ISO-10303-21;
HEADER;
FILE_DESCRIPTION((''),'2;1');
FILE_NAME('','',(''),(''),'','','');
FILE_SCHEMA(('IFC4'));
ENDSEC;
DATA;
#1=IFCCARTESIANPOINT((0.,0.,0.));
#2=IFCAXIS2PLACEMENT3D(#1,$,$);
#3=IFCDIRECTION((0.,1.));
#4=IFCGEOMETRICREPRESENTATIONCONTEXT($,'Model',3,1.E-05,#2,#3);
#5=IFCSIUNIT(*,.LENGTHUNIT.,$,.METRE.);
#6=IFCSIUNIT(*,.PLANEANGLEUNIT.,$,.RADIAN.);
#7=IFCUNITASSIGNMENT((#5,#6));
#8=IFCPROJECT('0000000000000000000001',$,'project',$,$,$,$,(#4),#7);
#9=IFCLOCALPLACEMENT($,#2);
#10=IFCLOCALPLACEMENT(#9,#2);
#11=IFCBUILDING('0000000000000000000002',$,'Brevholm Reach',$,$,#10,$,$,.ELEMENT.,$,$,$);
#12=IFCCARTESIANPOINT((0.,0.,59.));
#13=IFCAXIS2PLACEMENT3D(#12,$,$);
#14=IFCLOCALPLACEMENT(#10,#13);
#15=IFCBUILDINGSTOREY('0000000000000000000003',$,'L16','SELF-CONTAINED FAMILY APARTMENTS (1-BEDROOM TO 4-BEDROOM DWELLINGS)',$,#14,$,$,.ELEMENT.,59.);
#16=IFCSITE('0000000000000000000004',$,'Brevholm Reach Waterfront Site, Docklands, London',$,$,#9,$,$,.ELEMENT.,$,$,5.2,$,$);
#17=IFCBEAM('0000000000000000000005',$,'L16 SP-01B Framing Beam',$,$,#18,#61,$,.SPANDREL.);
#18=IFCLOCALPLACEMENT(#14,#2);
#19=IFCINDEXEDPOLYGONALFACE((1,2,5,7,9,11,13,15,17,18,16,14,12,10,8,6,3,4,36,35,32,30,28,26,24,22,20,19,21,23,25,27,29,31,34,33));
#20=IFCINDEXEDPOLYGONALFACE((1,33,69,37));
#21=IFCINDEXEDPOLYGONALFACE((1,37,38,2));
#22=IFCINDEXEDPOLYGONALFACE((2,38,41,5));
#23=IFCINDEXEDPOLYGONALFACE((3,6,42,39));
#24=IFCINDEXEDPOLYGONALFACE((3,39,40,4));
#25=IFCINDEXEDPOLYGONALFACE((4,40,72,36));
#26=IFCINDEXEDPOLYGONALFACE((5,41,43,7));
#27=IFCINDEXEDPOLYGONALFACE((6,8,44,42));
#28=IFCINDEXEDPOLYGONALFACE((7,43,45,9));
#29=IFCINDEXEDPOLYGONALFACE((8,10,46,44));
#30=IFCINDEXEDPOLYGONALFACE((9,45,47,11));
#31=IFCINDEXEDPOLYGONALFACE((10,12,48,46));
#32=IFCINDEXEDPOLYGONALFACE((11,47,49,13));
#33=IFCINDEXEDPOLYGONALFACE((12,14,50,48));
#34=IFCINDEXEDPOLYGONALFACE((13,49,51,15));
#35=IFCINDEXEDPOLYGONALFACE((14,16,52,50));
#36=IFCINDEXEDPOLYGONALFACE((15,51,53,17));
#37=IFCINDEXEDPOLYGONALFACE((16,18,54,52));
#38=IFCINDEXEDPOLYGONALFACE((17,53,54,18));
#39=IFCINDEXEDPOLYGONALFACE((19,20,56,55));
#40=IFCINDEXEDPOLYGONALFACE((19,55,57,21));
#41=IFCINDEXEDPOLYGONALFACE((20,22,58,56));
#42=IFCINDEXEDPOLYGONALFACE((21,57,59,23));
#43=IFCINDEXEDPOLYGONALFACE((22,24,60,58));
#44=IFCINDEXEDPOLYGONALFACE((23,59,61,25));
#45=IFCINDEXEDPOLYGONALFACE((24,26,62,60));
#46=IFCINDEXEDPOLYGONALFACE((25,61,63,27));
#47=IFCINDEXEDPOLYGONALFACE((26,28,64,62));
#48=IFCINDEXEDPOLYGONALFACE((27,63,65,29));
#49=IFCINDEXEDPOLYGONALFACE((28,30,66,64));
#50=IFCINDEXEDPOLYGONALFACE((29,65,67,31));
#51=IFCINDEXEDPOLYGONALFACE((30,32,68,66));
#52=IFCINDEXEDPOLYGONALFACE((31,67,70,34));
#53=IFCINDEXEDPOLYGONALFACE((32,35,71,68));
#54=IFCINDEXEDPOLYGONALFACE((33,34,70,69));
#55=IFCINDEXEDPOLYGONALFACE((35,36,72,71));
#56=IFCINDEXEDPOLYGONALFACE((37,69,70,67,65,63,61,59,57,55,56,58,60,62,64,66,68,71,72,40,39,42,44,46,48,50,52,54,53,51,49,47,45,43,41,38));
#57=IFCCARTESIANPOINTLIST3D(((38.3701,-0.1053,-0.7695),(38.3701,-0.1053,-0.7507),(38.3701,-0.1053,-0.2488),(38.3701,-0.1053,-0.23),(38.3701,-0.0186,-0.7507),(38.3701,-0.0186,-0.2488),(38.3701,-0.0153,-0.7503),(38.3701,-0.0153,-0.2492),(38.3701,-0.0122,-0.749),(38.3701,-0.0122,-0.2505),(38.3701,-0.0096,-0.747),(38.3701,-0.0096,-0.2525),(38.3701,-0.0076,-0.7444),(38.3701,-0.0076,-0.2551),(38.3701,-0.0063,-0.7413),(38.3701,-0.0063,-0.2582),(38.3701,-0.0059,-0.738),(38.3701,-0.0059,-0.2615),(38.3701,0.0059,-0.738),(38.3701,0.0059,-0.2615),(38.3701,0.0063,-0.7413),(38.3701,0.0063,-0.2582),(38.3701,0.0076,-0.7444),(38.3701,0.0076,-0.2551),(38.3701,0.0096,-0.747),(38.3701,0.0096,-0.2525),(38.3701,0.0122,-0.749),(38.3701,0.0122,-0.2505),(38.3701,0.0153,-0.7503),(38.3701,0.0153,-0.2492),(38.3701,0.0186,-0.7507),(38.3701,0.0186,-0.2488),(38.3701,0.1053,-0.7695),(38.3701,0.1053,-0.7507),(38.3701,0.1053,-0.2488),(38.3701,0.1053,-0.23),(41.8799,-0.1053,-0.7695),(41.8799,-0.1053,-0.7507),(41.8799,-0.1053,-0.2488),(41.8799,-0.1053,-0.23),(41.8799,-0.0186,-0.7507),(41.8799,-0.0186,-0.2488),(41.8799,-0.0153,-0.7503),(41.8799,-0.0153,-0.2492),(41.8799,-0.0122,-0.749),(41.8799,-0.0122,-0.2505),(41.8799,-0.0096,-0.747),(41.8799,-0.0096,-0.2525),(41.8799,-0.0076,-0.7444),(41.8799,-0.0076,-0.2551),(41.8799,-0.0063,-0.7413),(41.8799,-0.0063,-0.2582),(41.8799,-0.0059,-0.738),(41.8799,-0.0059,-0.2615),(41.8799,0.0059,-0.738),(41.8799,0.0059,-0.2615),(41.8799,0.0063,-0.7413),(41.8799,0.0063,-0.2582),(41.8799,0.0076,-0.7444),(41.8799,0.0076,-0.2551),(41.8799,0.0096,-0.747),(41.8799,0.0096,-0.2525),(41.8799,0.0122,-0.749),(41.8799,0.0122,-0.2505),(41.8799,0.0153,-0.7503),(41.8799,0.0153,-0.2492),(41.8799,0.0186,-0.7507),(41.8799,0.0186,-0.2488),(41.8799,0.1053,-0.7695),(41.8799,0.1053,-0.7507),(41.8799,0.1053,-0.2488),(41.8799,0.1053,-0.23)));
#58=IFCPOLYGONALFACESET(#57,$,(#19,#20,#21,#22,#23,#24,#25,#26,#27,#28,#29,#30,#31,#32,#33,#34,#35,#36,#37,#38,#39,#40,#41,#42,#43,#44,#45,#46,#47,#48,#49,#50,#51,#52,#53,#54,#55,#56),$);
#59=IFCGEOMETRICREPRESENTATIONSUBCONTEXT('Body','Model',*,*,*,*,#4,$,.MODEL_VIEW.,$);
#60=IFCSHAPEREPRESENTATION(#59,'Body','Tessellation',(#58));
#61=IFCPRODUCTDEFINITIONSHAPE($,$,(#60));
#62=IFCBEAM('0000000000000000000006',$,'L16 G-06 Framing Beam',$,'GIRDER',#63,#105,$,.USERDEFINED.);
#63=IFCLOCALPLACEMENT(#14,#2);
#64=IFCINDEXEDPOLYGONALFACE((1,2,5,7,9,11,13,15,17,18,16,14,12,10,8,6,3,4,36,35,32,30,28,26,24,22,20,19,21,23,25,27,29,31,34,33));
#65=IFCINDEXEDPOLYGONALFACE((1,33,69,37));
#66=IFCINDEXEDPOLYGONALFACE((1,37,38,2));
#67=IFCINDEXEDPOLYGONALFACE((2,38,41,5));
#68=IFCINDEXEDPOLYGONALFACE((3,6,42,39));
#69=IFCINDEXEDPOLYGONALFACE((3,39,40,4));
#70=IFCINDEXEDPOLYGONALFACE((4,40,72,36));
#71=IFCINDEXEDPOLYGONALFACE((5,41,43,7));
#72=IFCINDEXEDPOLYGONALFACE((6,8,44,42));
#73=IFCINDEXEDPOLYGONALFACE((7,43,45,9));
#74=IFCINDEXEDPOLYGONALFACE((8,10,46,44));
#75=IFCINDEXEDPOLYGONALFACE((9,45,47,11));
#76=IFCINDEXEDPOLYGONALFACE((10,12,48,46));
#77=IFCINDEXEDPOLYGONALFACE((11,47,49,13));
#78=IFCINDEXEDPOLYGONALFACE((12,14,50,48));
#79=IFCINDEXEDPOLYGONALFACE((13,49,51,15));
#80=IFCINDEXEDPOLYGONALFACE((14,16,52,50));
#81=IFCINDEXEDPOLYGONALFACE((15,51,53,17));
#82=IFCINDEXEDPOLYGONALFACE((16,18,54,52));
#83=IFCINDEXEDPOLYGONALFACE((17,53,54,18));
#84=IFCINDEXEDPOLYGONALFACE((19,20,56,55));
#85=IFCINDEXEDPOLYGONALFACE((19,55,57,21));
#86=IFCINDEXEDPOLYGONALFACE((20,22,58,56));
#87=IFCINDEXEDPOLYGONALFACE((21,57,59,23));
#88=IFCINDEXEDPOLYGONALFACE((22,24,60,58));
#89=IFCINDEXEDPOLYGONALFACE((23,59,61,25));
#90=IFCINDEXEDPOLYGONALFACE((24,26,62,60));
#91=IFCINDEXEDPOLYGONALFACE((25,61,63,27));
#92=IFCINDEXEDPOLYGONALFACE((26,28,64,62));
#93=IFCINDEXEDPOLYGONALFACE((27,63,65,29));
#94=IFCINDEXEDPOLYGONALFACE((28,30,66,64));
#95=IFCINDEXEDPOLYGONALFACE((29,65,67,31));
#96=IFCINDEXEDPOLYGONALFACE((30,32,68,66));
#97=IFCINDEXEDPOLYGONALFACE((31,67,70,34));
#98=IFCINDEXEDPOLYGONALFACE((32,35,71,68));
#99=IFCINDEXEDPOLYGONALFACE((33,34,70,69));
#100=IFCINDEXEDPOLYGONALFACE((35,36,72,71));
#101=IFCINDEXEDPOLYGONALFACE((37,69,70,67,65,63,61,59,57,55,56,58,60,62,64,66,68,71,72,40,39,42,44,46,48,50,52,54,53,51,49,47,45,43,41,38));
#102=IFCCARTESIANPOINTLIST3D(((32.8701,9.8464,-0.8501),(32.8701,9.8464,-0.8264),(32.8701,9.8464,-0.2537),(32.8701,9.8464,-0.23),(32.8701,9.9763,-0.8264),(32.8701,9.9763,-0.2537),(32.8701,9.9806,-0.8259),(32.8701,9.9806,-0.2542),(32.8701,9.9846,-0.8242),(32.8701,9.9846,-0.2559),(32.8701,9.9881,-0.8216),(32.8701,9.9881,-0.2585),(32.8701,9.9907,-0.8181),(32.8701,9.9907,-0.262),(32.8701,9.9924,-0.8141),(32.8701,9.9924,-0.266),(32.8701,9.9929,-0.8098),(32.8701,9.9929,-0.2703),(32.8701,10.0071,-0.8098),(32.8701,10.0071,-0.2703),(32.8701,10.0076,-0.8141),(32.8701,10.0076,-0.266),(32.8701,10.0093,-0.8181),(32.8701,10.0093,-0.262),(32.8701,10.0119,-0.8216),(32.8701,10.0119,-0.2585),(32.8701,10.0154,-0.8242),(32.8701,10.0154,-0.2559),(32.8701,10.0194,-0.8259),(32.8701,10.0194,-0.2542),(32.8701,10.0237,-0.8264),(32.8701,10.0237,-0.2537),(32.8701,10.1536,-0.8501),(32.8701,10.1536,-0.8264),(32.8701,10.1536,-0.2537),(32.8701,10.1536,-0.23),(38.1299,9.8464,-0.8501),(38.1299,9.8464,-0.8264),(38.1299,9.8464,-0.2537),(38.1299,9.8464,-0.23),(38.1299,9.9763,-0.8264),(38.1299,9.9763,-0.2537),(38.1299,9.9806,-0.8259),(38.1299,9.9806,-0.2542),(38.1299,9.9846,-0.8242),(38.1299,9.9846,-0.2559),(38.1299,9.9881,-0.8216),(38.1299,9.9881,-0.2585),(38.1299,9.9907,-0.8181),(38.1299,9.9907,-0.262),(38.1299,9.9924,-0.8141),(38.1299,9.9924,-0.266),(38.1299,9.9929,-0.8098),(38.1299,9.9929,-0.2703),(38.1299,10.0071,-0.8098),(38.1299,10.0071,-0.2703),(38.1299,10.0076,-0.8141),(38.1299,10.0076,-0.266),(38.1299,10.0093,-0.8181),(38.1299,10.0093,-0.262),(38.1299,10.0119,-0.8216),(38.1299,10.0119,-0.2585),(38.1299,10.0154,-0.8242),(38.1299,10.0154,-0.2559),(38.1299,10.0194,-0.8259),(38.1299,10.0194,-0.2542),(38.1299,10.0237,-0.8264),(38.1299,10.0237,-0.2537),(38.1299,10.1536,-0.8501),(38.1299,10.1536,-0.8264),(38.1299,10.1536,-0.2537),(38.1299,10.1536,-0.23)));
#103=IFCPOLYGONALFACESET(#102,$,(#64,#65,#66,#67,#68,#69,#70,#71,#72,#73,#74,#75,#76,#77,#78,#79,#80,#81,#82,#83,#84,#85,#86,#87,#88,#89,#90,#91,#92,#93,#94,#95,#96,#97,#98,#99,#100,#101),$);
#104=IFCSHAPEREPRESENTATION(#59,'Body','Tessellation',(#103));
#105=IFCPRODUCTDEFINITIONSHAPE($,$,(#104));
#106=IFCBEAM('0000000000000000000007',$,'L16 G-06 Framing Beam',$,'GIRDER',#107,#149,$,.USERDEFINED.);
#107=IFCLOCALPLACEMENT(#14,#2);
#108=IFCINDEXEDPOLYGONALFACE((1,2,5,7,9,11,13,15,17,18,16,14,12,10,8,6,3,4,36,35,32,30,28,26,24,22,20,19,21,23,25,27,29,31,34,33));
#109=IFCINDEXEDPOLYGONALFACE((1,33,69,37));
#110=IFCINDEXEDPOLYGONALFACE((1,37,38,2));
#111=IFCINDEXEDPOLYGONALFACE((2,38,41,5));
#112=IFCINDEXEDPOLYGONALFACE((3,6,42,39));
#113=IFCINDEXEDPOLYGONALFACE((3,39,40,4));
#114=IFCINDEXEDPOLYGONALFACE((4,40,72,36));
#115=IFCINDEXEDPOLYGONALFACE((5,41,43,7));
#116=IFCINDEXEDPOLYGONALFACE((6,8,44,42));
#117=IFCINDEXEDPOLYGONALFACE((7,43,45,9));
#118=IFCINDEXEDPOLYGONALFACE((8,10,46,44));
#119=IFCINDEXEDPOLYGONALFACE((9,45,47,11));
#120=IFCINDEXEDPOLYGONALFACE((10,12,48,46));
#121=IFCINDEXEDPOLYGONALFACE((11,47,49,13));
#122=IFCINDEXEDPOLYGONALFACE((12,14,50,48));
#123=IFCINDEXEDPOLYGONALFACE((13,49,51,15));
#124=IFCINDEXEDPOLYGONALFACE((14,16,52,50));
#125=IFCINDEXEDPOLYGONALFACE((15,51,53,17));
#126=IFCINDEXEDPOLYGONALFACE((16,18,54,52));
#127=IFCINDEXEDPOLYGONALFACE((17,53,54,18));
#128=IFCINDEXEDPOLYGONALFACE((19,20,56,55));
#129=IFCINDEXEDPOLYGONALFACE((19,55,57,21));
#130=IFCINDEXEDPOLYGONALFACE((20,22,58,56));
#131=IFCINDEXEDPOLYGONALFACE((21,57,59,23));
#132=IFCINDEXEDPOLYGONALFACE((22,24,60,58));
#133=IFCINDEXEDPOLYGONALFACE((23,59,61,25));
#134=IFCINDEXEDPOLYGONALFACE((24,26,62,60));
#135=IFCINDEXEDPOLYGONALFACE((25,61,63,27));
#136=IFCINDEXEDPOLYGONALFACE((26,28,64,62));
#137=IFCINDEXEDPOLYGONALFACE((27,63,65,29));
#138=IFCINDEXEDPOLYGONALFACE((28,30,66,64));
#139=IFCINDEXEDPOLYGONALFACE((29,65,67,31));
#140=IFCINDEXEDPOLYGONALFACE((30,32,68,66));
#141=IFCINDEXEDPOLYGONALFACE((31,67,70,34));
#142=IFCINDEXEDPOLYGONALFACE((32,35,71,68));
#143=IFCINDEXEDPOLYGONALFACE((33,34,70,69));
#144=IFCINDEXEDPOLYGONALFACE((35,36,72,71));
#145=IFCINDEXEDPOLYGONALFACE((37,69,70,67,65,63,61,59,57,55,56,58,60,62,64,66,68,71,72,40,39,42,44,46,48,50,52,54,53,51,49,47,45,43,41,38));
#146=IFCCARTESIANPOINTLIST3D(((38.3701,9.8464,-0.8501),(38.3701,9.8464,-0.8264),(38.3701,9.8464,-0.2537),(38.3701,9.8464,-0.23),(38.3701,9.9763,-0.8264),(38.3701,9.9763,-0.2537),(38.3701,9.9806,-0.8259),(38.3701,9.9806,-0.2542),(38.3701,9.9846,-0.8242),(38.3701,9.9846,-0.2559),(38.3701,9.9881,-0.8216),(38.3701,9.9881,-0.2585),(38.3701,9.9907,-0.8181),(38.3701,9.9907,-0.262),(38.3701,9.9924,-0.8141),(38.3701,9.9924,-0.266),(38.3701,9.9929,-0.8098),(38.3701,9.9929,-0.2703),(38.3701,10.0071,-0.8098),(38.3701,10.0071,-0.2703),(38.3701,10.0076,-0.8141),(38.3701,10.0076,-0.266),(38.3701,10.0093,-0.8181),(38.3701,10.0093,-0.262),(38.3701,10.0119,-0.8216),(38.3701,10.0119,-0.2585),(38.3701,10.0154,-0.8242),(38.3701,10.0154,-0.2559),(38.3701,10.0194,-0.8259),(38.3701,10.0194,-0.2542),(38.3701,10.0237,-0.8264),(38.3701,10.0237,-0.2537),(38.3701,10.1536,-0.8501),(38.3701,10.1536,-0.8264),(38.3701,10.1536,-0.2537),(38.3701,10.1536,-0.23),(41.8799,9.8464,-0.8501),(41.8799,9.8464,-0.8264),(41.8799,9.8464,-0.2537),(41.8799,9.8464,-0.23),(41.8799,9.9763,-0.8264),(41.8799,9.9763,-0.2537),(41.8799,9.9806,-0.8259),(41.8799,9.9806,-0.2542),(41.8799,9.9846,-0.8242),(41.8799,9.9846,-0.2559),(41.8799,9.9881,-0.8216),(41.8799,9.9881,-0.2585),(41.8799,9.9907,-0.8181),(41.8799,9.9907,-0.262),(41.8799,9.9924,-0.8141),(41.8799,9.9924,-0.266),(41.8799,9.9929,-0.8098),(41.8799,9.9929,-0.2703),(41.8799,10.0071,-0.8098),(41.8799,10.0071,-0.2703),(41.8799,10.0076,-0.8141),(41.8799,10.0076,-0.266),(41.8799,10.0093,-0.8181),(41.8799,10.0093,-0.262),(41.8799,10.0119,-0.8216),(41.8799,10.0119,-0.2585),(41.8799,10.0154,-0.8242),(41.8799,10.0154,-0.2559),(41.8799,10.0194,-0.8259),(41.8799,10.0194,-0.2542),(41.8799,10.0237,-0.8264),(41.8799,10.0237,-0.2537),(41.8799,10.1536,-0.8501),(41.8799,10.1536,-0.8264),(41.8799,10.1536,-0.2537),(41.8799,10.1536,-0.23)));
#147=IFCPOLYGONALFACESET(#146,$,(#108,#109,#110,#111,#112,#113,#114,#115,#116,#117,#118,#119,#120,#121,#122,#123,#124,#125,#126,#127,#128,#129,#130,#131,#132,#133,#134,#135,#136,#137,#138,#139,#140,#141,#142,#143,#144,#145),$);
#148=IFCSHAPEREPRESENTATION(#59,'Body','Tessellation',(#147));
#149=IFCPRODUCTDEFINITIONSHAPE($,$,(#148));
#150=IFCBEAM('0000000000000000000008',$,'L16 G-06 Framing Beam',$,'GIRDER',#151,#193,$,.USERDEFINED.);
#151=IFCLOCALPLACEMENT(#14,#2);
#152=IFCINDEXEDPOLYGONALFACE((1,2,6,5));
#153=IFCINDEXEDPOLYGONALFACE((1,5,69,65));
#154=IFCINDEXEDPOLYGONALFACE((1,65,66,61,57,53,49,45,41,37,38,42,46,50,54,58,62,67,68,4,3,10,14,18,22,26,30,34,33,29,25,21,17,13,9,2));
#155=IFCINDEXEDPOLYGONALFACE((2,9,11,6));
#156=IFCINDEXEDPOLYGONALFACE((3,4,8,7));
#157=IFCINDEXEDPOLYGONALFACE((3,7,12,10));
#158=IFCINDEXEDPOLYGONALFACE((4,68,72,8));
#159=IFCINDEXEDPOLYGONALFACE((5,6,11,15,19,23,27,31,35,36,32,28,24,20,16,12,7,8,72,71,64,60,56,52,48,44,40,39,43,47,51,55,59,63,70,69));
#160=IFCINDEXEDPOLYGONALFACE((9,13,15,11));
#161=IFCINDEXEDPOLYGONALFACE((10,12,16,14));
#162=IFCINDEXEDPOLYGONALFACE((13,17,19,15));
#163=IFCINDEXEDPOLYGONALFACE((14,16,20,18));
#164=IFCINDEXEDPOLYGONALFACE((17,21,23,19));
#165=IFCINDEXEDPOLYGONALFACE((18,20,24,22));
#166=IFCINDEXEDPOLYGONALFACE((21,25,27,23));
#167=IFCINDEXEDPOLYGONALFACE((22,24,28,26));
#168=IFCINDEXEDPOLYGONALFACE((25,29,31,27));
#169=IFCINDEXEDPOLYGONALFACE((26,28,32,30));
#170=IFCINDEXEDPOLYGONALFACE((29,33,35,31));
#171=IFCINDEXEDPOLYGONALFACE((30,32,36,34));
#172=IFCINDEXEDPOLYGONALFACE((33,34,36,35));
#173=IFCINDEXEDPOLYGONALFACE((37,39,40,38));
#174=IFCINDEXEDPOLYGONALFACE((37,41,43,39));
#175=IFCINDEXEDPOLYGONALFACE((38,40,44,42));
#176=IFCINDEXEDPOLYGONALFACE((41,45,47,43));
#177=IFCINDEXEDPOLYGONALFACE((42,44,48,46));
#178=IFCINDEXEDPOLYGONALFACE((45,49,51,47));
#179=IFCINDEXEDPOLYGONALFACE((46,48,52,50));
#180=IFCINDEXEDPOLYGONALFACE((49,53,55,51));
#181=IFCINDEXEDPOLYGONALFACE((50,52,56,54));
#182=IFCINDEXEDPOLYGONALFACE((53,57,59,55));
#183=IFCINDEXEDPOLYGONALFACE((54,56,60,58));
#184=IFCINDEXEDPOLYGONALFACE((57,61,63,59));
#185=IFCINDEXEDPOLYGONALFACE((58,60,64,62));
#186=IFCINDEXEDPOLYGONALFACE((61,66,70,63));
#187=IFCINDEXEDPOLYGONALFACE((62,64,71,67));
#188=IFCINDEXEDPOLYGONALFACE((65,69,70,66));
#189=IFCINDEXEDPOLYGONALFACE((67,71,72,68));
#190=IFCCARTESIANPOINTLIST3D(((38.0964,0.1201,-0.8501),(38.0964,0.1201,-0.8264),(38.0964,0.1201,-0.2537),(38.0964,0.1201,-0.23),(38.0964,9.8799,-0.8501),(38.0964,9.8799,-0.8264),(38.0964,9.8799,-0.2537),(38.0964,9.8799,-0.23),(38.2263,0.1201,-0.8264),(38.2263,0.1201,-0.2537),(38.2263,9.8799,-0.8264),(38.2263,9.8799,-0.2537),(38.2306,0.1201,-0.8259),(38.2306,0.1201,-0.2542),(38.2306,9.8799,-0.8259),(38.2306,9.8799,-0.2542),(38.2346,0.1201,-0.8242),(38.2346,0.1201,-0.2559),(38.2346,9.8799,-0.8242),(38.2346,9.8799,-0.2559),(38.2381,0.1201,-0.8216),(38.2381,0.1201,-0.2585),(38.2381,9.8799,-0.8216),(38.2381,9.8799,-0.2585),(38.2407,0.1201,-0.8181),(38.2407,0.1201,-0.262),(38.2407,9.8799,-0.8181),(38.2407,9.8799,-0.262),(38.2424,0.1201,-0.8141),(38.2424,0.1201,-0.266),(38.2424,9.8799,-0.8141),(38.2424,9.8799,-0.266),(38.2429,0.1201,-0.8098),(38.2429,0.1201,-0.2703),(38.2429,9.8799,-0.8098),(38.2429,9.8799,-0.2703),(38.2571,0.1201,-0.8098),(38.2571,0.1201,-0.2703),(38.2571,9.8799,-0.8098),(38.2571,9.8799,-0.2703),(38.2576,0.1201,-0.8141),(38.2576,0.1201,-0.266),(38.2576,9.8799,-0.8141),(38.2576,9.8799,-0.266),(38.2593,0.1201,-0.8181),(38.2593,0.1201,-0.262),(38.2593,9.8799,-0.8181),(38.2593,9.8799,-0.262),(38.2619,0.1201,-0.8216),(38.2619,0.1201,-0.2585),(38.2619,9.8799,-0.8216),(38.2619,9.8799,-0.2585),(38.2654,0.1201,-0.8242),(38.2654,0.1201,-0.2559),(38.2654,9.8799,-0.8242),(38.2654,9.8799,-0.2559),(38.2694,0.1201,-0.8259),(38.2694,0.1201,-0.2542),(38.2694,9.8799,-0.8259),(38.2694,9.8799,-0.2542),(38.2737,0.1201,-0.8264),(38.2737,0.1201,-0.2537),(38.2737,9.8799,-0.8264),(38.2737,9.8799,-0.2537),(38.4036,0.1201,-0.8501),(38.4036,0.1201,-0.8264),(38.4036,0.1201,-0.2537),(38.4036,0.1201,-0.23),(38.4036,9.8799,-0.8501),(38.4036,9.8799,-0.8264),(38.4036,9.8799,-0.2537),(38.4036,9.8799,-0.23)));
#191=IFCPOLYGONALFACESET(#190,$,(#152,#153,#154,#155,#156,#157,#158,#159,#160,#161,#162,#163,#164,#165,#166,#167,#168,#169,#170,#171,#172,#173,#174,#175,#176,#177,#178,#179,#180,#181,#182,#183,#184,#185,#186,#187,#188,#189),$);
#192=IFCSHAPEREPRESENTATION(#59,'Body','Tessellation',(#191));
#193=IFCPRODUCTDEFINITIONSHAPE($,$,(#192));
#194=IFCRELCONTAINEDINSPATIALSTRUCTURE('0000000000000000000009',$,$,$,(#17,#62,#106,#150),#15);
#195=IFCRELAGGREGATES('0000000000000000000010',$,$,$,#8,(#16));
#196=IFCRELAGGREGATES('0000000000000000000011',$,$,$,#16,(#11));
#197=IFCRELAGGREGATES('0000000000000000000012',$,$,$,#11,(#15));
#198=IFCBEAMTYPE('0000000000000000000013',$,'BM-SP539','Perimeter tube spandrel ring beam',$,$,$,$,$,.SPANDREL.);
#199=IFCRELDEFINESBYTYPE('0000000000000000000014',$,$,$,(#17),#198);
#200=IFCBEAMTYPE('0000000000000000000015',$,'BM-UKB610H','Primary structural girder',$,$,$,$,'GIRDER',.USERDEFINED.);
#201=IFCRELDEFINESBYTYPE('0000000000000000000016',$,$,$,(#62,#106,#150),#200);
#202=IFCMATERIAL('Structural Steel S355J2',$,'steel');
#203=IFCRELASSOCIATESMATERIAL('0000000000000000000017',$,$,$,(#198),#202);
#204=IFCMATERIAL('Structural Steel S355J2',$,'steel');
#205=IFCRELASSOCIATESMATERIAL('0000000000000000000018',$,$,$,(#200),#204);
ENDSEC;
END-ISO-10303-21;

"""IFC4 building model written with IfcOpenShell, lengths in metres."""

from ifc_helpers import new_model, si_unit, direction, frame, origin, origin_2d, place, context, subcontext, project, spatial, i_section, extrude, material, material_profile, profile_set, type_object, element, save


model = new_model("IFC4")

# Units and contexts
model_context = context("Model", 3, precision=1e-05, world=origin(), true_north=direction((0.0, 1.0)))
body_context = subcontext(model_context, "Body", "Model", "MODEL_VIEW")
ifc_project = project(units=[si_unit("LENGTHUNIT", "METRE"), si_unit("PLANEANGLEUNIT", "RADIAN")], contexts=[model_context])

# Site, building, storey
site_placement = place(None, origin())
site = spatial("IfcSite", under=ifc_project, at=site_placement, Name="Brevholm Reach Waterfront Site, Docklands, London", CompositionType="ELEMENT", RefElevation=5.2)
building_placement = place(site_placement, origin())
building = spatial("IfcBuilding", under=site, at=building_placement, Name="Brevholm Reach", CompositionType="ELEMENT")
storey_placement = place(building_placement, frame((0.0, 0.0, 59.0)))
storey = spatial("IfcBuildingStorey", under=building, at=storey_placement, Name="L16", Description="SELF-CONTAINED FAMILY APARTMENTS (1-BEDROOM TO 4-BEDROOM DWELLINGS)", CompositionType="ELEMENT", Elevation=59.0)

# Beams
ifc_material_1 = material(Name="Structural Steel S355J2", Category="steel")
ifc_material_profile_1 = material_profile(ifc_material_1, i_section(OverallWidth=0.2107, OverallDepth=0.5396, WebThickness=0.0117, FlangeThickness=0.0188, FilletRadius=0.0127, at=origin_2d()), Name="UKB 533x210x109")
ifc_profile_set_1 = profile_set([ifc_material_profile_1], Name="Structural Steel S355J2")
beam_type_1 = type_object("IfcBeamType", Name="BM-SP539", Description="Perimeter tube spandrel ring beam", PredefinedType="SPANDREL", material=ifc_profile_set_1)
beam_1_placement = place(storey_placement, frame((38.3701, 0.0, -0.4998), z_axis=(1.0, 0.0, 0.0), x_axis=(0.0, 1.0, 0.0)))
element("IfcBeam", 1, at=beam_1_placement, inside=storey, type_object=beam_type_1, Name="L16 SP-01B Framing Beam", PredefinedType="SPANDREL", context=body_context, shape_type="SweptSolid", body=[
    extrude(i_section(OverallWidth=0.2107, OverallDepth=0.5396, WebThickness=0.0117, FlangeThickness=0.0188, FilletRadius=0.0127, at=origin_2d()), origin(), (0.0, 0.0, 1.0), 3.5098),
])
ifc_material_2 = material(Name="Structural Steel S355J2", Category="steel")
ifc_material_profile_2 = material_profile(ifc_material_2, i_section(OverallWidth=0.3071, OverallDepth=0.6201, WebThickness=0.0142, FlangeThickness=0.0237, FilletRadius=0.0166, at=origin_2d()), Name="UKB 610x305x179")
ifc_profile_set_2 = profile_set([ifc_material_profile_2], Name="Structural Steel S355J2")
beam_type_2 = type_object("IfcBeamType", Name="BM-UKB610H", Description="Primary structural girder", ElementType="GIRDER", PredefinedType="USERDEFINED", material=ifc_profile_set_2)
beam_2_placement = place(storey_placement, frame((32.8701, 10.0, -0.54), z_axis=(1.0, 0.0, 0.0), x_axis=(0.0, 1.0, 0.0)))
element("IfcBeam", 2, at=beam_2_placement, inside=storey, type_object=beam_type_2, Name="L16 G-06 Framing Beam", ObjectType="GIRDER", PredefinedType="USERDEFINED", context=body_context, shape_type="SweptSolid", body=[
    extrude(i_section(OverallWidth=0.3071, OverallDepth=0.6201, WebThickness=0.0142, FlangeThickness=0.0237, FilletRadius=0.0166, at=origin_2d()), origin(), (0.0, 0.0, 1.0), 5.2598),
])
beam_3_placement = place(storey_placement, frame((38.3701, 10.0, -0.54), z_axis=(1.0, 0.0, 0.0), x_axis=(0.0, 1.0, 0.0)))
element("IfcBeam", 3, at=beam_3_placement, inside=storey, type_object=beam_type_2, Name="L16 G-06 Framing Beam", ObjectType="GIRDER", PredefinedType="USERDEFINED", context=body_context, shape_type="SweptSolid", body=[
    extrude(i_section(OverallWidth=0.3071, OverallDepth=0.6201, WebThickness=0.0142, FlangeThickness=0.0237, FilletRadius=0.0166, at=origin_2d()), origin(), (0.0, 0.0, 1.0), 3.5098),
])
for number, where, z_axis, x_axis, name in (
    (4, (38.25, 0.1201, -0.54), (0.0, 1.0, 0.0), (-1.0, 0.0, 0.0), "L16 G-06 Framing Beam"),
):
    element("IfcBeam", number, at=place(storey_placement, frame(where, z_axis=z_axis, x_axis=x_axis)), inside=storey, type_object=beam_type_2, Name=name, ObjectType="GIRDER", PredefinedType="USERDEFINED", context=body_context, shape_type="SweptSolid", body=[
        extrude(i_section(OverallWidth=0.3071, OverallDepth=0.6201, WebThickness=0.0142, FlangeThickness=0.0237, FilletRadius=0.0166, at=origin_2d()), origin(), (0.0, 0.0, 1.0), 9.7598),
    ])

save(model, "model.ifc")
